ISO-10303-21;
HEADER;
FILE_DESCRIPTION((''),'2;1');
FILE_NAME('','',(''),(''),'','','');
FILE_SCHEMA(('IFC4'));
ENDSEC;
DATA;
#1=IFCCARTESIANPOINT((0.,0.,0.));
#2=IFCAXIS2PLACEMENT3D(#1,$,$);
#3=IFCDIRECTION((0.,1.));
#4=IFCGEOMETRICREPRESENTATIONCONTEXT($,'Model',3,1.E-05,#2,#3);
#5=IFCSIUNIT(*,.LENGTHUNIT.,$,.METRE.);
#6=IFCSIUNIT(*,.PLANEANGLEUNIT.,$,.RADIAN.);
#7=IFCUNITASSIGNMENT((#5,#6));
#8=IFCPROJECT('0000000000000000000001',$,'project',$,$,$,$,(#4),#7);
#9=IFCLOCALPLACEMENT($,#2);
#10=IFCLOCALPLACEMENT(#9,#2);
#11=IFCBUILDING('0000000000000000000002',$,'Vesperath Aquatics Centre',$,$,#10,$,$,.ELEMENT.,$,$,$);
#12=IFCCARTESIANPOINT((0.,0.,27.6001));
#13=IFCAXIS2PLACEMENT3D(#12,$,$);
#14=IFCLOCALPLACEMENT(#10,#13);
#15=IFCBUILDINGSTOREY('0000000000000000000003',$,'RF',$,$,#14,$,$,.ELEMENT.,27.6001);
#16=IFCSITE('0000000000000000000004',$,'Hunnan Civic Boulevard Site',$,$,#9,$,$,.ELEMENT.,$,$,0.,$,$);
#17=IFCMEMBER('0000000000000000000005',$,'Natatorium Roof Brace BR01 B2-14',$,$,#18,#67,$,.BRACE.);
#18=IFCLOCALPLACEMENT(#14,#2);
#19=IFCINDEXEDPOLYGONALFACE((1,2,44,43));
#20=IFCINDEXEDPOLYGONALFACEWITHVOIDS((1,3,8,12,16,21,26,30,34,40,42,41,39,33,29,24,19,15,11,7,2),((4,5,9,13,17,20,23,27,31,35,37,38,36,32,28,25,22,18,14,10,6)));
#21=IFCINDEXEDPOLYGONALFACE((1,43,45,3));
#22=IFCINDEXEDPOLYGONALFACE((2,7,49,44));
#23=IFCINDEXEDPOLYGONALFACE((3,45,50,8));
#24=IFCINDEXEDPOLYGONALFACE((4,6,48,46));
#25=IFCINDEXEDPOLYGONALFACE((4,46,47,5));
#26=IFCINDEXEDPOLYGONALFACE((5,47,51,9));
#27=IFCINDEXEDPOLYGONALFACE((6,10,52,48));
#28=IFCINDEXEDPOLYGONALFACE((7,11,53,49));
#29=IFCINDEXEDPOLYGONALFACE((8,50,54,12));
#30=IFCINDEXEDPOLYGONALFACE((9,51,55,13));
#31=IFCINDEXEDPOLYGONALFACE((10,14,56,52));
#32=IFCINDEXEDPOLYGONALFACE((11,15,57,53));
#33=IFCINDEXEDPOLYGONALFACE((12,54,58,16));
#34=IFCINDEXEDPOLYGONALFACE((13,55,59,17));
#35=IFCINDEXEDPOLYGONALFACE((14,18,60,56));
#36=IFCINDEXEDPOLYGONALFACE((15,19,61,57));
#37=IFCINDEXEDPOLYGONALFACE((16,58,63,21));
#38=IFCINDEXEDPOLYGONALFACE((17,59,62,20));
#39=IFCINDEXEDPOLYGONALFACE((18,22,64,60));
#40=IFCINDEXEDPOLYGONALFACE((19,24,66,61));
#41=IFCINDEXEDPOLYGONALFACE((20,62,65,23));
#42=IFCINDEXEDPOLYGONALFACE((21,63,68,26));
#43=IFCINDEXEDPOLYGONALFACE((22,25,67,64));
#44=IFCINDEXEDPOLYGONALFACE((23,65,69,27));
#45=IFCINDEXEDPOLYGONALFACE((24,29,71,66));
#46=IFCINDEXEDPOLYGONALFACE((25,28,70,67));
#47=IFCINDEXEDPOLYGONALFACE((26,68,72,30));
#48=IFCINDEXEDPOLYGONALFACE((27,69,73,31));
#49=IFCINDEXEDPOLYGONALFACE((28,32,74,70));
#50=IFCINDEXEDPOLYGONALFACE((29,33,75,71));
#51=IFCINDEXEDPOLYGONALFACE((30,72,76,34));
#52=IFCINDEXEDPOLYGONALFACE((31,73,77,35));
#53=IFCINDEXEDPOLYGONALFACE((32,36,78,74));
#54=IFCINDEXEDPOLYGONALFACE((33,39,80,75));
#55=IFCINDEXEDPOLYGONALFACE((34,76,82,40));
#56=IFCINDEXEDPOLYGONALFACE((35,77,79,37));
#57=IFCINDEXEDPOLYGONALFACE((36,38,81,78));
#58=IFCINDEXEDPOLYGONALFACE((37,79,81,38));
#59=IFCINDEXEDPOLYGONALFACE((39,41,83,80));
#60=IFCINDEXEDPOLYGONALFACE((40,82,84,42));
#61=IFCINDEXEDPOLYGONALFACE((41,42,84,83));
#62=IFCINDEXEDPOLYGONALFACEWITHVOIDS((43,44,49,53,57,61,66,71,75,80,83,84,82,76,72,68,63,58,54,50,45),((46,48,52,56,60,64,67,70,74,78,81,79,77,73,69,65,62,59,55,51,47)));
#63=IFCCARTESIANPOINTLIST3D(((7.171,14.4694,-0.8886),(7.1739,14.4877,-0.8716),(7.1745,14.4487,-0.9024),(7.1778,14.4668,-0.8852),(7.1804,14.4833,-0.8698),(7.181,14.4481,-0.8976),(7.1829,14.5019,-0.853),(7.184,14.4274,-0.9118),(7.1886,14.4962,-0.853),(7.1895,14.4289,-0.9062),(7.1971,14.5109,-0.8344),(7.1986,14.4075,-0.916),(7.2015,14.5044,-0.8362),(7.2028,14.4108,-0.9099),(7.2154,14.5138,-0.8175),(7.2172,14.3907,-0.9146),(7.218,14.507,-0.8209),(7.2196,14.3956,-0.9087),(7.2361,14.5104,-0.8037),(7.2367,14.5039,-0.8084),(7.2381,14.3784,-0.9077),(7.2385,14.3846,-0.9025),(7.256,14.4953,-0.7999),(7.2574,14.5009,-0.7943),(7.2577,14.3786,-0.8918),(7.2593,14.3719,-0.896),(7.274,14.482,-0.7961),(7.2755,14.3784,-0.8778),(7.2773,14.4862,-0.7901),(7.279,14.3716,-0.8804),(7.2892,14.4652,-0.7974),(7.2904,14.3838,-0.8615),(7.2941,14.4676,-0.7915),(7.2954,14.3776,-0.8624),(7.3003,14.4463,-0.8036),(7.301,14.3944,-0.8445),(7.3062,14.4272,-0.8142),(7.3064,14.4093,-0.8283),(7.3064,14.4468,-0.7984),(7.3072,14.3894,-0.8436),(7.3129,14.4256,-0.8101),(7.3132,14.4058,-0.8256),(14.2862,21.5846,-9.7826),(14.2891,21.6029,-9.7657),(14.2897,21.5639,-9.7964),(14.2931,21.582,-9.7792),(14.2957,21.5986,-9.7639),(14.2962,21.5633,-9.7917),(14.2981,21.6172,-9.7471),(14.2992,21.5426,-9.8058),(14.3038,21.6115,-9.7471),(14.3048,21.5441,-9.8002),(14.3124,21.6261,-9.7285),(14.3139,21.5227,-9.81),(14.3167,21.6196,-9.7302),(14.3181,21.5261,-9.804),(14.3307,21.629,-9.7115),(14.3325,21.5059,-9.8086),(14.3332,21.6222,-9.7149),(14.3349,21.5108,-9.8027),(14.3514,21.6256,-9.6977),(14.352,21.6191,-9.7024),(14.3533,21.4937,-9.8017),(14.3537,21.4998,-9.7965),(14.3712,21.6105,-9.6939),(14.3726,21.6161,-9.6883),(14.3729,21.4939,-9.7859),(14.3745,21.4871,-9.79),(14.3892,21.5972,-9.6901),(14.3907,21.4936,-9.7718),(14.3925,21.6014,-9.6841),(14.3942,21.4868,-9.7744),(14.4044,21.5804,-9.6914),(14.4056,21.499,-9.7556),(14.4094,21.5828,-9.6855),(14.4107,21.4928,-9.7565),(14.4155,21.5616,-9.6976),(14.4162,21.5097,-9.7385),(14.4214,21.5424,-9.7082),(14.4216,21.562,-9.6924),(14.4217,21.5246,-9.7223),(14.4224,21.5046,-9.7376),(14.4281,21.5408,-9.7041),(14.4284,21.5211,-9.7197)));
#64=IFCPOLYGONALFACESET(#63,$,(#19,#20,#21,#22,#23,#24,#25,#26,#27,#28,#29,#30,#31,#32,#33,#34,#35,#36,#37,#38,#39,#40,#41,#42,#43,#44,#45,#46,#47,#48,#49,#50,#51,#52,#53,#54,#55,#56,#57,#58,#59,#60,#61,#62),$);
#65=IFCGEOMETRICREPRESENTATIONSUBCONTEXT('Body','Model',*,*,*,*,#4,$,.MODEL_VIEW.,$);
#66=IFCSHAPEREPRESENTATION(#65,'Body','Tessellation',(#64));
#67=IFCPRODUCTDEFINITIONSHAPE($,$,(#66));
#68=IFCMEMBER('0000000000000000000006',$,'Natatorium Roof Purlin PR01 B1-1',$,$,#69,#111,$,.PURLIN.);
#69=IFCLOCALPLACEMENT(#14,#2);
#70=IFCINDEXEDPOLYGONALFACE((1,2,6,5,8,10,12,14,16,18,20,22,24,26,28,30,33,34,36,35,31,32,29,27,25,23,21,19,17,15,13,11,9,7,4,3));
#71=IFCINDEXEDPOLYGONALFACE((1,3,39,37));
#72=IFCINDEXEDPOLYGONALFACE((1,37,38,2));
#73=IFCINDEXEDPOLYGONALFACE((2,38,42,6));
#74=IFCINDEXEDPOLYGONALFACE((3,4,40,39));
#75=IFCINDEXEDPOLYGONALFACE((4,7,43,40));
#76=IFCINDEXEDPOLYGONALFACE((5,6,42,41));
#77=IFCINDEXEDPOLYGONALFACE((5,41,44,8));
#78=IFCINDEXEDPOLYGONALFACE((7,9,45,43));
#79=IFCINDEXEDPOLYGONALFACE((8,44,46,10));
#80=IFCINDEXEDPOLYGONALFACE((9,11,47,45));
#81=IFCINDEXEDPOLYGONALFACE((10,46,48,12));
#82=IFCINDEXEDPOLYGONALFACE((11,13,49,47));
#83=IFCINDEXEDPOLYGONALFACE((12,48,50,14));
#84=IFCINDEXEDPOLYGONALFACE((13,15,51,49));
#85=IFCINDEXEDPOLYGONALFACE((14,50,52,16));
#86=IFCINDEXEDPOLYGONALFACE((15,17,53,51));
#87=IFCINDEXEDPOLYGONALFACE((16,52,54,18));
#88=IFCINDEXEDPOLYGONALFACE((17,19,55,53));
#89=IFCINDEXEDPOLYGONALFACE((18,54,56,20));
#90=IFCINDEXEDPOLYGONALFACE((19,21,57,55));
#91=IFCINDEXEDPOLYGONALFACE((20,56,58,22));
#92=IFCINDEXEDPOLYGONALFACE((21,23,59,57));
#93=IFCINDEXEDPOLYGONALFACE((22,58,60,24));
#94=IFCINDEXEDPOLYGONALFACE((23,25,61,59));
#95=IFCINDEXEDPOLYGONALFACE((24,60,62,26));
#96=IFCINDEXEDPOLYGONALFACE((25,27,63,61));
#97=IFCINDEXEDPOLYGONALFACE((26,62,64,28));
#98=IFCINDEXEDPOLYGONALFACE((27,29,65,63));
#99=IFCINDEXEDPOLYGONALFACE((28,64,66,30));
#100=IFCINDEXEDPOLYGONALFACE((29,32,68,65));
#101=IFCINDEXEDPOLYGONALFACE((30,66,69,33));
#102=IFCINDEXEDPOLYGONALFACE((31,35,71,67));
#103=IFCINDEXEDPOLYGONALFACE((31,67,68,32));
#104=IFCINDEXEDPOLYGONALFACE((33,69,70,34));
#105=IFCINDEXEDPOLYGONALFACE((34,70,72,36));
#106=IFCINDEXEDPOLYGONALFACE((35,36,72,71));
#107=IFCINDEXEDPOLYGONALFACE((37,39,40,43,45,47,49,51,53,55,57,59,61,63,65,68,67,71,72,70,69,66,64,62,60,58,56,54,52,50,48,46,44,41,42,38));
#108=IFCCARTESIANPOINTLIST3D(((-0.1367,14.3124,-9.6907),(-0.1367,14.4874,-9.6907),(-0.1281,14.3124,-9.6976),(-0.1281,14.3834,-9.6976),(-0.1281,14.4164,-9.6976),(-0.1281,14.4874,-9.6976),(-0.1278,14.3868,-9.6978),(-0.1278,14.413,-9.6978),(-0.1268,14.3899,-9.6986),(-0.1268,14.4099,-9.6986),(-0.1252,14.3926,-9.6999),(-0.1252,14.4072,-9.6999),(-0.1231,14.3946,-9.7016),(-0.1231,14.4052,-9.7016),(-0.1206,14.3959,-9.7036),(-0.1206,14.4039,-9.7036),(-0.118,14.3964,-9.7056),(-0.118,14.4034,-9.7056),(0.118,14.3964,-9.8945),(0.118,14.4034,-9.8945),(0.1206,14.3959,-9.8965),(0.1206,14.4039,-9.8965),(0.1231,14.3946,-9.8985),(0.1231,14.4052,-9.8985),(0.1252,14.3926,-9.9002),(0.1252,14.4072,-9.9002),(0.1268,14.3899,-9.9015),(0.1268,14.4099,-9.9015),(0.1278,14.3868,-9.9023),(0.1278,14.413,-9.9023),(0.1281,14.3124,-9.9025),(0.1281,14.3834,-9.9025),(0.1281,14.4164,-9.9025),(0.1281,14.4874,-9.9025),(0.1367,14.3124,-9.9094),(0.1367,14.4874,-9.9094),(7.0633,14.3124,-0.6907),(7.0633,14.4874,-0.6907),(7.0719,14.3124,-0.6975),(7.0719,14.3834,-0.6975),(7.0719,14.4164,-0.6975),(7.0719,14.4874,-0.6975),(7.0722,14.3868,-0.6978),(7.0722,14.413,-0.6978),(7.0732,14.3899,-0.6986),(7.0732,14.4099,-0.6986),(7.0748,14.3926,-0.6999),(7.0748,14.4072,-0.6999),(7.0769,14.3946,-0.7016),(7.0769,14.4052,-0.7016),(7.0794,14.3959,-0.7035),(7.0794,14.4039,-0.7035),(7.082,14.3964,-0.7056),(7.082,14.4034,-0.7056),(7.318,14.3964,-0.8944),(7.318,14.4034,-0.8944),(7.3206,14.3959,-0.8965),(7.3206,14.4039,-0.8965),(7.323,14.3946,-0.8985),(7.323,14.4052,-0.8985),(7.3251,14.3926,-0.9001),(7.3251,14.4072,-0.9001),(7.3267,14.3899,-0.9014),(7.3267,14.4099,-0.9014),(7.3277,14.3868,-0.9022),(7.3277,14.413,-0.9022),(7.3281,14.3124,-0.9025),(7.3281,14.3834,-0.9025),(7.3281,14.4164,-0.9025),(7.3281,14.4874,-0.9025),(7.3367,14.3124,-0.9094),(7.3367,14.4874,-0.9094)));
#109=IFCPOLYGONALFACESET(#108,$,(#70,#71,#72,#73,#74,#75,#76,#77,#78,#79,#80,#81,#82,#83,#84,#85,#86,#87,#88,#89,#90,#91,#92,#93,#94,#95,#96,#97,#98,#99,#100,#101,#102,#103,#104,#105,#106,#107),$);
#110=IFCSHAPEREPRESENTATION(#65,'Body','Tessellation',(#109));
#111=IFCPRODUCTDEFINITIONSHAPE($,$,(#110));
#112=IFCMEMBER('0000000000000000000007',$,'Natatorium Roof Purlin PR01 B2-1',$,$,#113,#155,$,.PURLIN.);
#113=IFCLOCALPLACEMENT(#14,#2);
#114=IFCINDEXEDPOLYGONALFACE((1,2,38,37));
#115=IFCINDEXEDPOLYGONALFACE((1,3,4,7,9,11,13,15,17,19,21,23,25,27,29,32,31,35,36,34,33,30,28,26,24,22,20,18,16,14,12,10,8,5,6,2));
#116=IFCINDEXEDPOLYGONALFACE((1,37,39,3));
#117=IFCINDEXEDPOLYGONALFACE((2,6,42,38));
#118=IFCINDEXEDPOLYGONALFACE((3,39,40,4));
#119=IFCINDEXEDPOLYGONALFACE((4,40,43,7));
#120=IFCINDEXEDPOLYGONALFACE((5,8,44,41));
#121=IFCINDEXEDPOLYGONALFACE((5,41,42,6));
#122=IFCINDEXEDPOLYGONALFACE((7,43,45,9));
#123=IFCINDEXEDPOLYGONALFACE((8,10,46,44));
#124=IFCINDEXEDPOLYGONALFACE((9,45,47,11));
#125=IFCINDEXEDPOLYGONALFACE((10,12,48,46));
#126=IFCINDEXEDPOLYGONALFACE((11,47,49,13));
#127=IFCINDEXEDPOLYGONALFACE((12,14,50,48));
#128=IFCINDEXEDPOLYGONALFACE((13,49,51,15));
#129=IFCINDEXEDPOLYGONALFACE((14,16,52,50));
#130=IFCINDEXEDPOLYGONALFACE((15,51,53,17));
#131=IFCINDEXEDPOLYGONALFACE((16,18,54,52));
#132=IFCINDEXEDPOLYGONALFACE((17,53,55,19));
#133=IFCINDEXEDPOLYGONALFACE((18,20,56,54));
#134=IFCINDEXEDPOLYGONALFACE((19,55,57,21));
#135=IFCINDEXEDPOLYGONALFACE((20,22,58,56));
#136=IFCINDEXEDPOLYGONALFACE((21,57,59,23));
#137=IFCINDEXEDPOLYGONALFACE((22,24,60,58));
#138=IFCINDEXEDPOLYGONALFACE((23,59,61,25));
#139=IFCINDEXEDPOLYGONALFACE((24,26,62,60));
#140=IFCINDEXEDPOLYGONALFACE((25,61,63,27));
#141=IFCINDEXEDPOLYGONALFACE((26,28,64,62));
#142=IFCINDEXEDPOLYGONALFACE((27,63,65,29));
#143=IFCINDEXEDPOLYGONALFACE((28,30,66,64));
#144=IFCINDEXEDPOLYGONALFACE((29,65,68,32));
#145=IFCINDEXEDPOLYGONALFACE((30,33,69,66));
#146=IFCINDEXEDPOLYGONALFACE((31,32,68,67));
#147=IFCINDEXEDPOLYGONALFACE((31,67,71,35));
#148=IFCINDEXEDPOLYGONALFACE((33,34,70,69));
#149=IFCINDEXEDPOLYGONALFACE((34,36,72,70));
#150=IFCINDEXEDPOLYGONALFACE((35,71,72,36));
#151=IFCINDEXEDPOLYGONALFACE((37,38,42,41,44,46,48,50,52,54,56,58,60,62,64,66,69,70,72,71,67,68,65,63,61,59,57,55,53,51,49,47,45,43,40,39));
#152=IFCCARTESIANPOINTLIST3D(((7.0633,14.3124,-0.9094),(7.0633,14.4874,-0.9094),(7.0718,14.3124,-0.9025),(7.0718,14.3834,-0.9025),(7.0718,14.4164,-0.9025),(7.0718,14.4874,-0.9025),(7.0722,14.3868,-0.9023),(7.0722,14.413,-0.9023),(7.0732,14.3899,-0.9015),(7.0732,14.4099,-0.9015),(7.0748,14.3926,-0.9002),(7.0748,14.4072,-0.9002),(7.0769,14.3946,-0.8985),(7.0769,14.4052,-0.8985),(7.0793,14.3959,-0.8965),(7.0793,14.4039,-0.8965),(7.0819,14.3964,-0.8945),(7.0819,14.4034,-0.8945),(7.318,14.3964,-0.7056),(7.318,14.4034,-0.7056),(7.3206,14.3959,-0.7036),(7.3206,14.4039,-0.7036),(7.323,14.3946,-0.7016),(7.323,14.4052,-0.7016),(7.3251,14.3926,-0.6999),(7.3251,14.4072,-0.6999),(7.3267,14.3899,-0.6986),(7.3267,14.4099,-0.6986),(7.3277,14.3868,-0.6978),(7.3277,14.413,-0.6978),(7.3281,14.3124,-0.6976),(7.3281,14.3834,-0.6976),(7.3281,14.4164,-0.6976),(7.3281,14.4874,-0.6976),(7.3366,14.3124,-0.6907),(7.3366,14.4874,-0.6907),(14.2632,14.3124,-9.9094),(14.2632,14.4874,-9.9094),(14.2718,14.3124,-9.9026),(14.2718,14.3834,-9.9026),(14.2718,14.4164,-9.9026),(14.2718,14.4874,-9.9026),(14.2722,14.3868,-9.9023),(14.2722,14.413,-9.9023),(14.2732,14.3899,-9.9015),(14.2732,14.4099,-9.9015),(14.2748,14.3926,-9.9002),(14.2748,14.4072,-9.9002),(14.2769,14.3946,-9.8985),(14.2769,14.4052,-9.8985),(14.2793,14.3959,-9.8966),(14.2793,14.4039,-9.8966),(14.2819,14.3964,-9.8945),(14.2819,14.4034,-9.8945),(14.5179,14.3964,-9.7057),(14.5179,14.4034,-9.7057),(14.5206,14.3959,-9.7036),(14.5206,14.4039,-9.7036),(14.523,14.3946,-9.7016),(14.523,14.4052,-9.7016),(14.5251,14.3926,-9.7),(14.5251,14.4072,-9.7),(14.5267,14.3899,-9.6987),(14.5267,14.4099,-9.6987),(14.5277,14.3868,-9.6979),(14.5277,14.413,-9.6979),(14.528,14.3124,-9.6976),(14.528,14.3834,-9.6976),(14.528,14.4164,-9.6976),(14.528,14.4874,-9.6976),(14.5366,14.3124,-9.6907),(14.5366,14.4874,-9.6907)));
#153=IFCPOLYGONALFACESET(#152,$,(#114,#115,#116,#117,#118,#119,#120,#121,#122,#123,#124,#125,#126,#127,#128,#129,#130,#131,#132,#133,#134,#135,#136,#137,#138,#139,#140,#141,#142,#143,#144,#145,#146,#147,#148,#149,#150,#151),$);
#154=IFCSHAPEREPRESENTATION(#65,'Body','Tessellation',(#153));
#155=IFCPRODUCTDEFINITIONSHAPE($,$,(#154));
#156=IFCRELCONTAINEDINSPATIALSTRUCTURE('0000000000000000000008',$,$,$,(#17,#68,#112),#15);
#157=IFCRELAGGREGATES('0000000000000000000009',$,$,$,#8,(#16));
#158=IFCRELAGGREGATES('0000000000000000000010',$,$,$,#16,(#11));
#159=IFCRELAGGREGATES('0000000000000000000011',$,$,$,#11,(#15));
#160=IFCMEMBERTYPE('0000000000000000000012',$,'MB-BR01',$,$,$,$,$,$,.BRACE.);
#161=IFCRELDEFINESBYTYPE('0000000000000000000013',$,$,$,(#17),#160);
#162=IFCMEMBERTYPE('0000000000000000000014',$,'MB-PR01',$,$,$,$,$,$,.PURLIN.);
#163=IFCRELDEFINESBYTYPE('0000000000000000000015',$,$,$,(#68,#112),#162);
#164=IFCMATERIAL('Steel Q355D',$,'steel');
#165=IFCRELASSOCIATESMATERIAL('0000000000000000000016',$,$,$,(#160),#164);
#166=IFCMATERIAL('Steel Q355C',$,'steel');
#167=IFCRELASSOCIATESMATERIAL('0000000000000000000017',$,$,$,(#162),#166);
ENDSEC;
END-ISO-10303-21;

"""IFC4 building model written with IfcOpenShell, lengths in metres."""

from ifc_helpers import new_model, si_unit, direction, frame, origin, origin_2d, place, context, subcontext, project, spatial, hollow_circle, i_section, extrude, material, material_profile, profile_set, type_object, element, save


model = new_model("IFC4")

# Units and contexts
model_context = context("Model", 3, precision=1e-05, world=origin(), true_north=direction((0.0, 1.0)))
body_context = subcontext(model_context, "Body", "Model", "MODEL_VIEW")
ifc_project = project(units=[si_unit("LENGTHUNIT", "METRE"), si_unit("PLANEANGLEUNIT", "RADIAN")], contexts=[model_context])

# Site, building, storey
site_placement = place(None, origin())
site = spatial("IfcSite", under=ifc_project, at=site_placement, Name="Hunnan Civic Boulevard Site", CompositionType="ELEMENT", RefElevation=0.0)
building_placement = place(site_placement, origin())
building = spatial("IfcBuilding", under=site, at=building_placement, Name="Vesperath Aquatics Centre", CompositionType="ELEMENT")
storey_placement = place(building_placement, frame((0.0, 0.0, 27.6001)))
storey = spatial("IfcBuildingStorey", under=building, at=storey_placement, Name="RF", CompositionType="ELEMENT", Elevation=27.6001)

# Shared definitions
ifc_material_1 = material(Name="Steel Q355C", Category="steel")

# Members
ifc_material_2 = material(Name="Steel Q355D", Category="steel")
ifc_material_profile_1 = material_profile(ifc_material_2, hollow_circle(Radius=0.0842, WallThickness=0.0081, at=origin_2d()), Name="CHS 168.3x8")
ifc_profile_set_1 = profile_set([ifc_material_profile_1], Name="Steel Q355D")
member_type_1 = type_object("IfcMemberType", Name="MB-BR01", PredefinedType="BRACE", material=ifc_profile_set_1)
for number, where, z_axis, x_axis, name in (
    (1, (7.2424, 14.4424, -0.853), (0.529813, 0.529813, -0.662266), (-0.707107, 0.707107, 0.0), "Natatorium Roof Brace BR01 B2-14"),
):
    element("IfcMember", number, at=place(storey_placement, frame(where, z_axis=z_axis, x_axis=x_axis)), inside=storey, type_object=member_type_1, Name=name, PredefinedType="BRACE", context=body_context, shape_type="SweptSolid", body=[
        extrude(hollow_circle(Radius=0.0842, WallThickness=0.0081, at=origin_2d()), origin(), (0.0, 0.0, 1.0), 13.4297),
    ])
ifc_material_profile_2 = material_profile(ifc_material_1, i_section(OverallWidth=0.175, OverallDepth=0.3501, WebThickness=0.0071, FlangeThickness=0.011, FilletRadius=0.0129, at=origin_2d()), Name="HN 350x175x7x11")
ifc_profile_set_2 = profile_set([ifc_material_profile_2], Name="Steel Q355C")
member_type_2 = type_object("IfcMemberType", Name="MB-PR01", PredefinedType="PURLIN", material=ifc_profile_set_2)
for number, where, z_axis, x_axis, name in (
    (2, (0.0, 14.3999, -9.8), (0.624692, 0.0, 0.780871), (0.0, 1.0, 0.0), "Natatorium Roof Purlin PR01 B1-1"),
    (3, (7.2, 14.3999, -0.8), (0.624692, 0.0, -0.780871), (0.0, 1.0, 0.0), "Natatorium Roof Purlin PR01 B2-1"),
):
    element("IfcMember", number, at=place(storey_placement, frame(where, z_axis=z_axis, x_axis=x_axis)), inside=storey, type_object=member_type_2, Name=name, PredefinedType="PURLIN", context=body_context, shape_type="SweptSolid", body=[
        extrude(i_section(OverallWidth=0.175, OverallDepth=0.3501, WebThickness=0.0071, FlangeThickness=0.011, FilletRadius=0.0129, at=origin_2d()), origin(), (0.0, 0.0, 1.0), 11.5256),
    ])

save(model, "model.ifc")
